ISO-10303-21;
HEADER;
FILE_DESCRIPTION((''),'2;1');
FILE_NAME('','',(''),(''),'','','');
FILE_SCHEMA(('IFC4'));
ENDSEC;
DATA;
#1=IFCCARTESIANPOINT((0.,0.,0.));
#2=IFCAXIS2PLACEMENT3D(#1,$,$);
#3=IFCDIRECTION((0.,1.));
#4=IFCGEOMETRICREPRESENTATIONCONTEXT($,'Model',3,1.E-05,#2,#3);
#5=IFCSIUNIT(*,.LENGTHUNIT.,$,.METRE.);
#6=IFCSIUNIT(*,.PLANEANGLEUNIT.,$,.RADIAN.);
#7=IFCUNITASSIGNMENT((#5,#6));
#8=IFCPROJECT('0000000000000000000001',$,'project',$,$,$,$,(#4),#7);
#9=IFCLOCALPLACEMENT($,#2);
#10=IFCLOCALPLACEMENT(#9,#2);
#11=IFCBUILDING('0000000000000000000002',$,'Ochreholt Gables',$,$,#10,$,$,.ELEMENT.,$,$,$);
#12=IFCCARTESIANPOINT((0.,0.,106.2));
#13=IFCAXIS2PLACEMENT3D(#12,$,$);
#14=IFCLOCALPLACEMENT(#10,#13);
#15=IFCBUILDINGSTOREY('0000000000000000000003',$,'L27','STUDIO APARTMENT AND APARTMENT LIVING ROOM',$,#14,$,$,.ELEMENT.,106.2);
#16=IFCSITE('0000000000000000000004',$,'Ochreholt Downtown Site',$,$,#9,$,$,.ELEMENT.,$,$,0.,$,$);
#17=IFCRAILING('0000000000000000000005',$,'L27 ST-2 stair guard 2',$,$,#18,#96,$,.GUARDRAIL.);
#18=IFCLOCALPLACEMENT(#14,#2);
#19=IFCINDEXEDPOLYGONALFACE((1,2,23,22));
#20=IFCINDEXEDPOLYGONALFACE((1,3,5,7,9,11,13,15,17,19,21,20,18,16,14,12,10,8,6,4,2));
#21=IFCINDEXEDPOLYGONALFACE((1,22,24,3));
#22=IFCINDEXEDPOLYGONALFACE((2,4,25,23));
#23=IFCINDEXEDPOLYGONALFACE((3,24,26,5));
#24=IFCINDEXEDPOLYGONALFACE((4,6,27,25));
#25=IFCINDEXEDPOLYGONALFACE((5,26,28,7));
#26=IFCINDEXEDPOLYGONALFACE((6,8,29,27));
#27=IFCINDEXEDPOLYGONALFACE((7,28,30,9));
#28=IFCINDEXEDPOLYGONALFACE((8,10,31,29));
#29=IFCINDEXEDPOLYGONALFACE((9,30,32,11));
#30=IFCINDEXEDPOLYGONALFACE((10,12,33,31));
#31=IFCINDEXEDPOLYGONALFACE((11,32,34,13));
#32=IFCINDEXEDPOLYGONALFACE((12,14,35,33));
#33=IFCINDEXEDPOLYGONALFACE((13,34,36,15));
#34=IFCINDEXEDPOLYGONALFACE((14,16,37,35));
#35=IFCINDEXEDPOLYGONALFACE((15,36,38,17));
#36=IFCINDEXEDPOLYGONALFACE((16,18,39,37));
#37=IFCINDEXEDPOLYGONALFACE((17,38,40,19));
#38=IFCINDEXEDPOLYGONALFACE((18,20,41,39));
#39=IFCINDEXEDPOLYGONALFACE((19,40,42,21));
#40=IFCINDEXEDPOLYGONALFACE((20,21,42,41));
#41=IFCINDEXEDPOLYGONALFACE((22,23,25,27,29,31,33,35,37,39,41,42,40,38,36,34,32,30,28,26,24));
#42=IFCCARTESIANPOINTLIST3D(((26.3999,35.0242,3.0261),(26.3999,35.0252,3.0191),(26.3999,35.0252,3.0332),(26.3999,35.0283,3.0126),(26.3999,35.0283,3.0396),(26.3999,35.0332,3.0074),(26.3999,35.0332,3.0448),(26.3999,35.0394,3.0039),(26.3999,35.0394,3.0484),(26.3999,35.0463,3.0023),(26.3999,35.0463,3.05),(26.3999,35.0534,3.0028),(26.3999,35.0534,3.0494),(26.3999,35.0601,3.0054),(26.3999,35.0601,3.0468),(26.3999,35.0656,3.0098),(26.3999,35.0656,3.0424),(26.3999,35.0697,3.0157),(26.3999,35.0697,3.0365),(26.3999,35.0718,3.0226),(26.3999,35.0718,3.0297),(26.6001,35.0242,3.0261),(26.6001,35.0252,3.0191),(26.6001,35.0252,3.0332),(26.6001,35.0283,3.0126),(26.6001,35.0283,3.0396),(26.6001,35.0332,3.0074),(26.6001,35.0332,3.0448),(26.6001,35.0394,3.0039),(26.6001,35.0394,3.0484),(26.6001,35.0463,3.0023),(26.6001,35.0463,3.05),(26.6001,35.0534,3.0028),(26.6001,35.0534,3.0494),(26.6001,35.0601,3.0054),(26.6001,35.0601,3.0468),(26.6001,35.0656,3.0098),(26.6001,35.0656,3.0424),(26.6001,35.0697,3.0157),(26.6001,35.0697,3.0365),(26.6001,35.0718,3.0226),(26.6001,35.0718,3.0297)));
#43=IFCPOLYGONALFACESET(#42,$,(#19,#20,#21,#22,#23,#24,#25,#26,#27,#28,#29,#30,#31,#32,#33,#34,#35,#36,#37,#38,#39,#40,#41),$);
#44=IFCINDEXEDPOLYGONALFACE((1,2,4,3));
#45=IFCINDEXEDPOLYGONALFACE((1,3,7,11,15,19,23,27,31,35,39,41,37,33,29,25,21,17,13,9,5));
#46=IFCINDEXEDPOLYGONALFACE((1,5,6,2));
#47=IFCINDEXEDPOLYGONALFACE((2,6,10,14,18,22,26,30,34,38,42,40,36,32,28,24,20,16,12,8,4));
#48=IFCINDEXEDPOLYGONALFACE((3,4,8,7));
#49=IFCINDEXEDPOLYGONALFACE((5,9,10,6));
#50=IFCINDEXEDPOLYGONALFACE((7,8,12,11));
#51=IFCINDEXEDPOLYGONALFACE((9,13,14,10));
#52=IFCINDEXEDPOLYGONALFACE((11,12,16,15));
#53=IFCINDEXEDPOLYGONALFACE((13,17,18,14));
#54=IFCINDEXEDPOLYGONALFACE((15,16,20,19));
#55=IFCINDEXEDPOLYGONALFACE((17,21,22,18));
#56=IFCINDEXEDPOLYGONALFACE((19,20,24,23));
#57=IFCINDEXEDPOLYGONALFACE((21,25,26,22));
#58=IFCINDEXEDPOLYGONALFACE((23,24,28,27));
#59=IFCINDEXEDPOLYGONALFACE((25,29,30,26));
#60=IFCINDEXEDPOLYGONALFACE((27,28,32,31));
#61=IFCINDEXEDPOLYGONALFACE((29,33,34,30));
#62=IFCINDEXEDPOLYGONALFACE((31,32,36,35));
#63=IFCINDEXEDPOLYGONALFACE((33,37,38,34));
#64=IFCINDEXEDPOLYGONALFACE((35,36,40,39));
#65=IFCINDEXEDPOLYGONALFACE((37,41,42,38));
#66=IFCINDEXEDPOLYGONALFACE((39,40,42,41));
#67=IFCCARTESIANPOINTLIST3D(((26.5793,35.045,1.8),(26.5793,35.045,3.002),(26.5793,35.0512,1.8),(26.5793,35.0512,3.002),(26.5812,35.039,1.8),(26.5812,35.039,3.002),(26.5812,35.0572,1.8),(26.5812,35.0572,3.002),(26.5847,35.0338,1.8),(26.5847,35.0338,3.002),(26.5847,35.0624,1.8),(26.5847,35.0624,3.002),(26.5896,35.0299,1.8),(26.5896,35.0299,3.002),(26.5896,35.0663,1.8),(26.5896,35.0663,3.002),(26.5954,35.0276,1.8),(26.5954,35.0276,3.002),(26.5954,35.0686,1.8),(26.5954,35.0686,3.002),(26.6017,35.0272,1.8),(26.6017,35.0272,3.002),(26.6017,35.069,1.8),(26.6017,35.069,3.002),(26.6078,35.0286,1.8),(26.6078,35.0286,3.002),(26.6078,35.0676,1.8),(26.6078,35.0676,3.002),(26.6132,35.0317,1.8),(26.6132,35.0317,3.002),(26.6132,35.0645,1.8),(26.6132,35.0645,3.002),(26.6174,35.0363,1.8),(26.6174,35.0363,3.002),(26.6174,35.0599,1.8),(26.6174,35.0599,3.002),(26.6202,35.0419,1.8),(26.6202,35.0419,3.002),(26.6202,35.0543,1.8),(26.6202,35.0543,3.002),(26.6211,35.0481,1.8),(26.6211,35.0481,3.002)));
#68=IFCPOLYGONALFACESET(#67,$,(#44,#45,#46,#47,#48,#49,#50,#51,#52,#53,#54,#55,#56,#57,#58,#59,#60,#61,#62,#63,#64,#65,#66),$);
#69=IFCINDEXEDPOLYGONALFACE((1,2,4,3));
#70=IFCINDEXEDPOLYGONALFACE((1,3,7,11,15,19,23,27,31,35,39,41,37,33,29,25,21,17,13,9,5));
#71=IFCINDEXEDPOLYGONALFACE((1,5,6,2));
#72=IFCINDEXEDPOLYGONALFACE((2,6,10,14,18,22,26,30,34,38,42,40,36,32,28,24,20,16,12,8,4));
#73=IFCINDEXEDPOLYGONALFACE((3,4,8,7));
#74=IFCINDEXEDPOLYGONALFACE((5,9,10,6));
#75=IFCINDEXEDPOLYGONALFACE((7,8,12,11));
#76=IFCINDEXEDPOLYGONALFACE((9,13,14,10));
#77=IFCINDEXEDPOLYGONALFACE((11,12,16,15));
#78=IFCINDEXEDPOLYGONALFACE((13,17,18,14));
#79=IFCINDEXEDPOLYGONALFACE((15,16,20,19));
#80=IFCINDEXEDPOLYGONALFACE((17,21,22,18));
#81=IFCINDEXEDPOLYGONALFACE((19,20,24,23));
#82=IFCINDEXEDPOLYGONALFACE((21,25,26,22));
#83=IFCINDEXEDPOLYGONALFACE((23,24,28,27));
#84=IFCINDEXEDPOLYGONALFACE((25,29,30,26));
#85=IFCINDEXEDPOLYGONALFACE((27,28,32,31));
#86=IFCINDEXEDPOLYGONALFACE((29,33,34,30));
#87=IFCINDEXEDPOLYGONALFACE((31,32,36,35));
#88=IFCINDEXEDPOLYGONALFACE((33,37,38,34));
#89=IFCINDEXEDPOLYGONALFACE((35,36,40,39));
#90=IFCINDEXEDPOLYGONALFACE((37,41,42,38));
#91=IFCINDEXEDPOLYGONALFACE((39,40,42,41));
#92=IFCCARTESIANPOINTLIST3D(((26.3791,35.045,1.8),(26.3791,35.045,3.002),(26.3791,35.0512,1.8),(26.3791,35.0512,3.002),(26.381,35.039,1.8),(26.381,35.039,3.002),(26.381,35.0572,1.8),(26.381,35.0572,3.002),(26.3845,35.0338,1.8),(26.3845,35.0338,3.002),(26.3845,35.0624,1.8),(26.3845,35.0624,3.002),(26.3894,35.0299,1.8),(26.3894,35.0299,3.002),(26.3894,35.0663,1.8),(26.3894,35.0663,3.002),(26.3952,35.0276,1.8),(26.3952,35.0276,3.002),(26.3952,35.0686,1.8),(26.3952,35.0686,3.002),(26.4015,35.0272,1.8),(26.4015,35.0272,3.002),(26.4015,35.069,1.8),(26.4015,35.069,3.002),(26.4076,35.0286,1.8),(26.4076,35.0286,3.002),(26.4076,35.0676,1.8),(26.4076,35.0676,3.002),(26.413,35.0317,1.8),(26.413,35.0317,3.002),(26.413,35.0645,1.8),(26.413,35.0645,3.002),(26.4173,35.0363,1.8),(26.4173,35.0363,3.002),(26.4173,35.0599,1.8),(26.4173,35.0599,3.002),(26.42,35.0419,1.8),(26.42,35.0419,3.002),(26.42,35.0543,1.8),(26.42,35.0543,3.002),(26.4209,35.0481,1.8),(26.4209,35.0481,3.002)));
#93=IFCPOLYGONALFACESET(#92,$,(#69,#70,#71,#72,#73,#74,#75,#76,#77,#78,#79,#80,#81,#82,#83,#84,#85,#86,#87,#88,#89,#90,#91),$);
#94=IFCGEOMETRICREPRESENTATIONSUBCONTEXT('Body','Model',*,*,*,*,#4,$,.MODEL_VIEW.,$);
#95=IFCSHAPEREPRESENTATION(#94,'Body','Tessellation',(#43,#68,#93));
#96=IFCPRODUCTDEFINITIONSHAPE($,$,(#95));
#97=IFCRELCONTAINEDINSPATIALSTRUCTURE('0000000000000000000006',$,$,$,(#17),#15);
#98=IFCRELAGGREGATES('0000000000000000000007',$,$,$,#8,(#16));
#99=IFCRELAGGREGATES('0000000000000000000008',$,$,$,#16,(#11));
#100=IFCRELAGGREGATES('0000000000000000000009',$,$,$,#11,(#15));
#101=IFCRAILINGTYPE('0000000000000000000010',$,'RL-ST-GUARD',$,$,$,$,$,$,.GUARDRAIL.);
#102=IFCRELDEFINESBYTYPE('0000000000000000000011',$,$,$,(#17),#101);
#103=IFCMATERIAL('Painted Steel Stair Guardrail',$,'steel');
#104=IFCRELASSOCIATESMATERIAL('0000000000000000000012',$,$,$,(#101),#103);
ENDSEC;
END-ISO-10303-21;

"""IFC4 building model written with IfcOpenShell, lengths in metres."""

from ifc_helpers import new_model, si_unit, direction, frame, origin, origin_2d, place, context, subcontext, project, spatial, circle, extrude, material, type_object, element, save


model = new_model("IFC4")

# Units and contexts
model_context = context("Model", 3, precision=1e-05, world=origin(), true_north=direction((0.0, 1.0)))
body_context = subcontext(model_context, "Body", "Model", "MODEL_VIEW")
ifc_project = project(units=[si_unit("LENGTHUNIT", "METRE"), si_unit("PLANEANGLEUNIT", "RADIAN")], contexts=[model_context])

# Site, building, storey
site_placement = place(None, origin())
site = spatial("IfcSite", under=ifc_project, at=site_placement, Name="Ochreholt Downtown Site", CompositionType="ELEMENT", RefElevation=0.0)
building_placement = place(site_placement, origin())
building = spatial("IfcBuilding", under=site, at=building_placement, Name="Ochreholt Gables", CompositionType="ELEMENT")
storey_placement = place(building_placement, frame((0.0, 0.0, 106.2)))
storey = spatial("IfcBuildingStorey", under=building, at=storey_placement, Name="L27", Description="STUDIO APARTMENT AND APARTMENT LIVING ROOM", CompositionType="ELEMENT", Elevation=106.2)

# Railing
ifc_material_1 = material(Name="Painted Steel Stair Guardrail", Category="steel")
railing_type = type_object("IfcRailingType", Name="RL-ST-GUARD", PredefinedType="GUARDRAIL", material=ifc_material_1)
railing_1_placement = place(storey_placement, frame((26.6001, 35.0481, 1.8)))
element("IfcRailing", 1, at=railing_1_placement, inside=storey, type_object=railing_type, Name="L27 ST-2 stair guard 2", PredefinedType="GUARDRAIL", context=body_context, shape_type="SweptSolid", body=[
    extrude(circle(Radius=0.0239, at=origin_2d()), frame((0.0, 0.0, 1.2261), z_axis=(-1.0, 0.0, 0.0), x_axis=(0.0, -1.0, 0.0)), (0.0, 0.0, 1.0), 0.2002),
    extrude(circle(Radius=0.021, at=origin_2d()), origin(), (0.0, 0.0, 1.0), 1.2019),
    extrude(circle(Radius=0.021, at=origin_2d()), frame((-0.2002, 0.0, 0.0)), (0.0, 0.0, 1.0), 1.2019),
])

save(model, "model.ifc")
